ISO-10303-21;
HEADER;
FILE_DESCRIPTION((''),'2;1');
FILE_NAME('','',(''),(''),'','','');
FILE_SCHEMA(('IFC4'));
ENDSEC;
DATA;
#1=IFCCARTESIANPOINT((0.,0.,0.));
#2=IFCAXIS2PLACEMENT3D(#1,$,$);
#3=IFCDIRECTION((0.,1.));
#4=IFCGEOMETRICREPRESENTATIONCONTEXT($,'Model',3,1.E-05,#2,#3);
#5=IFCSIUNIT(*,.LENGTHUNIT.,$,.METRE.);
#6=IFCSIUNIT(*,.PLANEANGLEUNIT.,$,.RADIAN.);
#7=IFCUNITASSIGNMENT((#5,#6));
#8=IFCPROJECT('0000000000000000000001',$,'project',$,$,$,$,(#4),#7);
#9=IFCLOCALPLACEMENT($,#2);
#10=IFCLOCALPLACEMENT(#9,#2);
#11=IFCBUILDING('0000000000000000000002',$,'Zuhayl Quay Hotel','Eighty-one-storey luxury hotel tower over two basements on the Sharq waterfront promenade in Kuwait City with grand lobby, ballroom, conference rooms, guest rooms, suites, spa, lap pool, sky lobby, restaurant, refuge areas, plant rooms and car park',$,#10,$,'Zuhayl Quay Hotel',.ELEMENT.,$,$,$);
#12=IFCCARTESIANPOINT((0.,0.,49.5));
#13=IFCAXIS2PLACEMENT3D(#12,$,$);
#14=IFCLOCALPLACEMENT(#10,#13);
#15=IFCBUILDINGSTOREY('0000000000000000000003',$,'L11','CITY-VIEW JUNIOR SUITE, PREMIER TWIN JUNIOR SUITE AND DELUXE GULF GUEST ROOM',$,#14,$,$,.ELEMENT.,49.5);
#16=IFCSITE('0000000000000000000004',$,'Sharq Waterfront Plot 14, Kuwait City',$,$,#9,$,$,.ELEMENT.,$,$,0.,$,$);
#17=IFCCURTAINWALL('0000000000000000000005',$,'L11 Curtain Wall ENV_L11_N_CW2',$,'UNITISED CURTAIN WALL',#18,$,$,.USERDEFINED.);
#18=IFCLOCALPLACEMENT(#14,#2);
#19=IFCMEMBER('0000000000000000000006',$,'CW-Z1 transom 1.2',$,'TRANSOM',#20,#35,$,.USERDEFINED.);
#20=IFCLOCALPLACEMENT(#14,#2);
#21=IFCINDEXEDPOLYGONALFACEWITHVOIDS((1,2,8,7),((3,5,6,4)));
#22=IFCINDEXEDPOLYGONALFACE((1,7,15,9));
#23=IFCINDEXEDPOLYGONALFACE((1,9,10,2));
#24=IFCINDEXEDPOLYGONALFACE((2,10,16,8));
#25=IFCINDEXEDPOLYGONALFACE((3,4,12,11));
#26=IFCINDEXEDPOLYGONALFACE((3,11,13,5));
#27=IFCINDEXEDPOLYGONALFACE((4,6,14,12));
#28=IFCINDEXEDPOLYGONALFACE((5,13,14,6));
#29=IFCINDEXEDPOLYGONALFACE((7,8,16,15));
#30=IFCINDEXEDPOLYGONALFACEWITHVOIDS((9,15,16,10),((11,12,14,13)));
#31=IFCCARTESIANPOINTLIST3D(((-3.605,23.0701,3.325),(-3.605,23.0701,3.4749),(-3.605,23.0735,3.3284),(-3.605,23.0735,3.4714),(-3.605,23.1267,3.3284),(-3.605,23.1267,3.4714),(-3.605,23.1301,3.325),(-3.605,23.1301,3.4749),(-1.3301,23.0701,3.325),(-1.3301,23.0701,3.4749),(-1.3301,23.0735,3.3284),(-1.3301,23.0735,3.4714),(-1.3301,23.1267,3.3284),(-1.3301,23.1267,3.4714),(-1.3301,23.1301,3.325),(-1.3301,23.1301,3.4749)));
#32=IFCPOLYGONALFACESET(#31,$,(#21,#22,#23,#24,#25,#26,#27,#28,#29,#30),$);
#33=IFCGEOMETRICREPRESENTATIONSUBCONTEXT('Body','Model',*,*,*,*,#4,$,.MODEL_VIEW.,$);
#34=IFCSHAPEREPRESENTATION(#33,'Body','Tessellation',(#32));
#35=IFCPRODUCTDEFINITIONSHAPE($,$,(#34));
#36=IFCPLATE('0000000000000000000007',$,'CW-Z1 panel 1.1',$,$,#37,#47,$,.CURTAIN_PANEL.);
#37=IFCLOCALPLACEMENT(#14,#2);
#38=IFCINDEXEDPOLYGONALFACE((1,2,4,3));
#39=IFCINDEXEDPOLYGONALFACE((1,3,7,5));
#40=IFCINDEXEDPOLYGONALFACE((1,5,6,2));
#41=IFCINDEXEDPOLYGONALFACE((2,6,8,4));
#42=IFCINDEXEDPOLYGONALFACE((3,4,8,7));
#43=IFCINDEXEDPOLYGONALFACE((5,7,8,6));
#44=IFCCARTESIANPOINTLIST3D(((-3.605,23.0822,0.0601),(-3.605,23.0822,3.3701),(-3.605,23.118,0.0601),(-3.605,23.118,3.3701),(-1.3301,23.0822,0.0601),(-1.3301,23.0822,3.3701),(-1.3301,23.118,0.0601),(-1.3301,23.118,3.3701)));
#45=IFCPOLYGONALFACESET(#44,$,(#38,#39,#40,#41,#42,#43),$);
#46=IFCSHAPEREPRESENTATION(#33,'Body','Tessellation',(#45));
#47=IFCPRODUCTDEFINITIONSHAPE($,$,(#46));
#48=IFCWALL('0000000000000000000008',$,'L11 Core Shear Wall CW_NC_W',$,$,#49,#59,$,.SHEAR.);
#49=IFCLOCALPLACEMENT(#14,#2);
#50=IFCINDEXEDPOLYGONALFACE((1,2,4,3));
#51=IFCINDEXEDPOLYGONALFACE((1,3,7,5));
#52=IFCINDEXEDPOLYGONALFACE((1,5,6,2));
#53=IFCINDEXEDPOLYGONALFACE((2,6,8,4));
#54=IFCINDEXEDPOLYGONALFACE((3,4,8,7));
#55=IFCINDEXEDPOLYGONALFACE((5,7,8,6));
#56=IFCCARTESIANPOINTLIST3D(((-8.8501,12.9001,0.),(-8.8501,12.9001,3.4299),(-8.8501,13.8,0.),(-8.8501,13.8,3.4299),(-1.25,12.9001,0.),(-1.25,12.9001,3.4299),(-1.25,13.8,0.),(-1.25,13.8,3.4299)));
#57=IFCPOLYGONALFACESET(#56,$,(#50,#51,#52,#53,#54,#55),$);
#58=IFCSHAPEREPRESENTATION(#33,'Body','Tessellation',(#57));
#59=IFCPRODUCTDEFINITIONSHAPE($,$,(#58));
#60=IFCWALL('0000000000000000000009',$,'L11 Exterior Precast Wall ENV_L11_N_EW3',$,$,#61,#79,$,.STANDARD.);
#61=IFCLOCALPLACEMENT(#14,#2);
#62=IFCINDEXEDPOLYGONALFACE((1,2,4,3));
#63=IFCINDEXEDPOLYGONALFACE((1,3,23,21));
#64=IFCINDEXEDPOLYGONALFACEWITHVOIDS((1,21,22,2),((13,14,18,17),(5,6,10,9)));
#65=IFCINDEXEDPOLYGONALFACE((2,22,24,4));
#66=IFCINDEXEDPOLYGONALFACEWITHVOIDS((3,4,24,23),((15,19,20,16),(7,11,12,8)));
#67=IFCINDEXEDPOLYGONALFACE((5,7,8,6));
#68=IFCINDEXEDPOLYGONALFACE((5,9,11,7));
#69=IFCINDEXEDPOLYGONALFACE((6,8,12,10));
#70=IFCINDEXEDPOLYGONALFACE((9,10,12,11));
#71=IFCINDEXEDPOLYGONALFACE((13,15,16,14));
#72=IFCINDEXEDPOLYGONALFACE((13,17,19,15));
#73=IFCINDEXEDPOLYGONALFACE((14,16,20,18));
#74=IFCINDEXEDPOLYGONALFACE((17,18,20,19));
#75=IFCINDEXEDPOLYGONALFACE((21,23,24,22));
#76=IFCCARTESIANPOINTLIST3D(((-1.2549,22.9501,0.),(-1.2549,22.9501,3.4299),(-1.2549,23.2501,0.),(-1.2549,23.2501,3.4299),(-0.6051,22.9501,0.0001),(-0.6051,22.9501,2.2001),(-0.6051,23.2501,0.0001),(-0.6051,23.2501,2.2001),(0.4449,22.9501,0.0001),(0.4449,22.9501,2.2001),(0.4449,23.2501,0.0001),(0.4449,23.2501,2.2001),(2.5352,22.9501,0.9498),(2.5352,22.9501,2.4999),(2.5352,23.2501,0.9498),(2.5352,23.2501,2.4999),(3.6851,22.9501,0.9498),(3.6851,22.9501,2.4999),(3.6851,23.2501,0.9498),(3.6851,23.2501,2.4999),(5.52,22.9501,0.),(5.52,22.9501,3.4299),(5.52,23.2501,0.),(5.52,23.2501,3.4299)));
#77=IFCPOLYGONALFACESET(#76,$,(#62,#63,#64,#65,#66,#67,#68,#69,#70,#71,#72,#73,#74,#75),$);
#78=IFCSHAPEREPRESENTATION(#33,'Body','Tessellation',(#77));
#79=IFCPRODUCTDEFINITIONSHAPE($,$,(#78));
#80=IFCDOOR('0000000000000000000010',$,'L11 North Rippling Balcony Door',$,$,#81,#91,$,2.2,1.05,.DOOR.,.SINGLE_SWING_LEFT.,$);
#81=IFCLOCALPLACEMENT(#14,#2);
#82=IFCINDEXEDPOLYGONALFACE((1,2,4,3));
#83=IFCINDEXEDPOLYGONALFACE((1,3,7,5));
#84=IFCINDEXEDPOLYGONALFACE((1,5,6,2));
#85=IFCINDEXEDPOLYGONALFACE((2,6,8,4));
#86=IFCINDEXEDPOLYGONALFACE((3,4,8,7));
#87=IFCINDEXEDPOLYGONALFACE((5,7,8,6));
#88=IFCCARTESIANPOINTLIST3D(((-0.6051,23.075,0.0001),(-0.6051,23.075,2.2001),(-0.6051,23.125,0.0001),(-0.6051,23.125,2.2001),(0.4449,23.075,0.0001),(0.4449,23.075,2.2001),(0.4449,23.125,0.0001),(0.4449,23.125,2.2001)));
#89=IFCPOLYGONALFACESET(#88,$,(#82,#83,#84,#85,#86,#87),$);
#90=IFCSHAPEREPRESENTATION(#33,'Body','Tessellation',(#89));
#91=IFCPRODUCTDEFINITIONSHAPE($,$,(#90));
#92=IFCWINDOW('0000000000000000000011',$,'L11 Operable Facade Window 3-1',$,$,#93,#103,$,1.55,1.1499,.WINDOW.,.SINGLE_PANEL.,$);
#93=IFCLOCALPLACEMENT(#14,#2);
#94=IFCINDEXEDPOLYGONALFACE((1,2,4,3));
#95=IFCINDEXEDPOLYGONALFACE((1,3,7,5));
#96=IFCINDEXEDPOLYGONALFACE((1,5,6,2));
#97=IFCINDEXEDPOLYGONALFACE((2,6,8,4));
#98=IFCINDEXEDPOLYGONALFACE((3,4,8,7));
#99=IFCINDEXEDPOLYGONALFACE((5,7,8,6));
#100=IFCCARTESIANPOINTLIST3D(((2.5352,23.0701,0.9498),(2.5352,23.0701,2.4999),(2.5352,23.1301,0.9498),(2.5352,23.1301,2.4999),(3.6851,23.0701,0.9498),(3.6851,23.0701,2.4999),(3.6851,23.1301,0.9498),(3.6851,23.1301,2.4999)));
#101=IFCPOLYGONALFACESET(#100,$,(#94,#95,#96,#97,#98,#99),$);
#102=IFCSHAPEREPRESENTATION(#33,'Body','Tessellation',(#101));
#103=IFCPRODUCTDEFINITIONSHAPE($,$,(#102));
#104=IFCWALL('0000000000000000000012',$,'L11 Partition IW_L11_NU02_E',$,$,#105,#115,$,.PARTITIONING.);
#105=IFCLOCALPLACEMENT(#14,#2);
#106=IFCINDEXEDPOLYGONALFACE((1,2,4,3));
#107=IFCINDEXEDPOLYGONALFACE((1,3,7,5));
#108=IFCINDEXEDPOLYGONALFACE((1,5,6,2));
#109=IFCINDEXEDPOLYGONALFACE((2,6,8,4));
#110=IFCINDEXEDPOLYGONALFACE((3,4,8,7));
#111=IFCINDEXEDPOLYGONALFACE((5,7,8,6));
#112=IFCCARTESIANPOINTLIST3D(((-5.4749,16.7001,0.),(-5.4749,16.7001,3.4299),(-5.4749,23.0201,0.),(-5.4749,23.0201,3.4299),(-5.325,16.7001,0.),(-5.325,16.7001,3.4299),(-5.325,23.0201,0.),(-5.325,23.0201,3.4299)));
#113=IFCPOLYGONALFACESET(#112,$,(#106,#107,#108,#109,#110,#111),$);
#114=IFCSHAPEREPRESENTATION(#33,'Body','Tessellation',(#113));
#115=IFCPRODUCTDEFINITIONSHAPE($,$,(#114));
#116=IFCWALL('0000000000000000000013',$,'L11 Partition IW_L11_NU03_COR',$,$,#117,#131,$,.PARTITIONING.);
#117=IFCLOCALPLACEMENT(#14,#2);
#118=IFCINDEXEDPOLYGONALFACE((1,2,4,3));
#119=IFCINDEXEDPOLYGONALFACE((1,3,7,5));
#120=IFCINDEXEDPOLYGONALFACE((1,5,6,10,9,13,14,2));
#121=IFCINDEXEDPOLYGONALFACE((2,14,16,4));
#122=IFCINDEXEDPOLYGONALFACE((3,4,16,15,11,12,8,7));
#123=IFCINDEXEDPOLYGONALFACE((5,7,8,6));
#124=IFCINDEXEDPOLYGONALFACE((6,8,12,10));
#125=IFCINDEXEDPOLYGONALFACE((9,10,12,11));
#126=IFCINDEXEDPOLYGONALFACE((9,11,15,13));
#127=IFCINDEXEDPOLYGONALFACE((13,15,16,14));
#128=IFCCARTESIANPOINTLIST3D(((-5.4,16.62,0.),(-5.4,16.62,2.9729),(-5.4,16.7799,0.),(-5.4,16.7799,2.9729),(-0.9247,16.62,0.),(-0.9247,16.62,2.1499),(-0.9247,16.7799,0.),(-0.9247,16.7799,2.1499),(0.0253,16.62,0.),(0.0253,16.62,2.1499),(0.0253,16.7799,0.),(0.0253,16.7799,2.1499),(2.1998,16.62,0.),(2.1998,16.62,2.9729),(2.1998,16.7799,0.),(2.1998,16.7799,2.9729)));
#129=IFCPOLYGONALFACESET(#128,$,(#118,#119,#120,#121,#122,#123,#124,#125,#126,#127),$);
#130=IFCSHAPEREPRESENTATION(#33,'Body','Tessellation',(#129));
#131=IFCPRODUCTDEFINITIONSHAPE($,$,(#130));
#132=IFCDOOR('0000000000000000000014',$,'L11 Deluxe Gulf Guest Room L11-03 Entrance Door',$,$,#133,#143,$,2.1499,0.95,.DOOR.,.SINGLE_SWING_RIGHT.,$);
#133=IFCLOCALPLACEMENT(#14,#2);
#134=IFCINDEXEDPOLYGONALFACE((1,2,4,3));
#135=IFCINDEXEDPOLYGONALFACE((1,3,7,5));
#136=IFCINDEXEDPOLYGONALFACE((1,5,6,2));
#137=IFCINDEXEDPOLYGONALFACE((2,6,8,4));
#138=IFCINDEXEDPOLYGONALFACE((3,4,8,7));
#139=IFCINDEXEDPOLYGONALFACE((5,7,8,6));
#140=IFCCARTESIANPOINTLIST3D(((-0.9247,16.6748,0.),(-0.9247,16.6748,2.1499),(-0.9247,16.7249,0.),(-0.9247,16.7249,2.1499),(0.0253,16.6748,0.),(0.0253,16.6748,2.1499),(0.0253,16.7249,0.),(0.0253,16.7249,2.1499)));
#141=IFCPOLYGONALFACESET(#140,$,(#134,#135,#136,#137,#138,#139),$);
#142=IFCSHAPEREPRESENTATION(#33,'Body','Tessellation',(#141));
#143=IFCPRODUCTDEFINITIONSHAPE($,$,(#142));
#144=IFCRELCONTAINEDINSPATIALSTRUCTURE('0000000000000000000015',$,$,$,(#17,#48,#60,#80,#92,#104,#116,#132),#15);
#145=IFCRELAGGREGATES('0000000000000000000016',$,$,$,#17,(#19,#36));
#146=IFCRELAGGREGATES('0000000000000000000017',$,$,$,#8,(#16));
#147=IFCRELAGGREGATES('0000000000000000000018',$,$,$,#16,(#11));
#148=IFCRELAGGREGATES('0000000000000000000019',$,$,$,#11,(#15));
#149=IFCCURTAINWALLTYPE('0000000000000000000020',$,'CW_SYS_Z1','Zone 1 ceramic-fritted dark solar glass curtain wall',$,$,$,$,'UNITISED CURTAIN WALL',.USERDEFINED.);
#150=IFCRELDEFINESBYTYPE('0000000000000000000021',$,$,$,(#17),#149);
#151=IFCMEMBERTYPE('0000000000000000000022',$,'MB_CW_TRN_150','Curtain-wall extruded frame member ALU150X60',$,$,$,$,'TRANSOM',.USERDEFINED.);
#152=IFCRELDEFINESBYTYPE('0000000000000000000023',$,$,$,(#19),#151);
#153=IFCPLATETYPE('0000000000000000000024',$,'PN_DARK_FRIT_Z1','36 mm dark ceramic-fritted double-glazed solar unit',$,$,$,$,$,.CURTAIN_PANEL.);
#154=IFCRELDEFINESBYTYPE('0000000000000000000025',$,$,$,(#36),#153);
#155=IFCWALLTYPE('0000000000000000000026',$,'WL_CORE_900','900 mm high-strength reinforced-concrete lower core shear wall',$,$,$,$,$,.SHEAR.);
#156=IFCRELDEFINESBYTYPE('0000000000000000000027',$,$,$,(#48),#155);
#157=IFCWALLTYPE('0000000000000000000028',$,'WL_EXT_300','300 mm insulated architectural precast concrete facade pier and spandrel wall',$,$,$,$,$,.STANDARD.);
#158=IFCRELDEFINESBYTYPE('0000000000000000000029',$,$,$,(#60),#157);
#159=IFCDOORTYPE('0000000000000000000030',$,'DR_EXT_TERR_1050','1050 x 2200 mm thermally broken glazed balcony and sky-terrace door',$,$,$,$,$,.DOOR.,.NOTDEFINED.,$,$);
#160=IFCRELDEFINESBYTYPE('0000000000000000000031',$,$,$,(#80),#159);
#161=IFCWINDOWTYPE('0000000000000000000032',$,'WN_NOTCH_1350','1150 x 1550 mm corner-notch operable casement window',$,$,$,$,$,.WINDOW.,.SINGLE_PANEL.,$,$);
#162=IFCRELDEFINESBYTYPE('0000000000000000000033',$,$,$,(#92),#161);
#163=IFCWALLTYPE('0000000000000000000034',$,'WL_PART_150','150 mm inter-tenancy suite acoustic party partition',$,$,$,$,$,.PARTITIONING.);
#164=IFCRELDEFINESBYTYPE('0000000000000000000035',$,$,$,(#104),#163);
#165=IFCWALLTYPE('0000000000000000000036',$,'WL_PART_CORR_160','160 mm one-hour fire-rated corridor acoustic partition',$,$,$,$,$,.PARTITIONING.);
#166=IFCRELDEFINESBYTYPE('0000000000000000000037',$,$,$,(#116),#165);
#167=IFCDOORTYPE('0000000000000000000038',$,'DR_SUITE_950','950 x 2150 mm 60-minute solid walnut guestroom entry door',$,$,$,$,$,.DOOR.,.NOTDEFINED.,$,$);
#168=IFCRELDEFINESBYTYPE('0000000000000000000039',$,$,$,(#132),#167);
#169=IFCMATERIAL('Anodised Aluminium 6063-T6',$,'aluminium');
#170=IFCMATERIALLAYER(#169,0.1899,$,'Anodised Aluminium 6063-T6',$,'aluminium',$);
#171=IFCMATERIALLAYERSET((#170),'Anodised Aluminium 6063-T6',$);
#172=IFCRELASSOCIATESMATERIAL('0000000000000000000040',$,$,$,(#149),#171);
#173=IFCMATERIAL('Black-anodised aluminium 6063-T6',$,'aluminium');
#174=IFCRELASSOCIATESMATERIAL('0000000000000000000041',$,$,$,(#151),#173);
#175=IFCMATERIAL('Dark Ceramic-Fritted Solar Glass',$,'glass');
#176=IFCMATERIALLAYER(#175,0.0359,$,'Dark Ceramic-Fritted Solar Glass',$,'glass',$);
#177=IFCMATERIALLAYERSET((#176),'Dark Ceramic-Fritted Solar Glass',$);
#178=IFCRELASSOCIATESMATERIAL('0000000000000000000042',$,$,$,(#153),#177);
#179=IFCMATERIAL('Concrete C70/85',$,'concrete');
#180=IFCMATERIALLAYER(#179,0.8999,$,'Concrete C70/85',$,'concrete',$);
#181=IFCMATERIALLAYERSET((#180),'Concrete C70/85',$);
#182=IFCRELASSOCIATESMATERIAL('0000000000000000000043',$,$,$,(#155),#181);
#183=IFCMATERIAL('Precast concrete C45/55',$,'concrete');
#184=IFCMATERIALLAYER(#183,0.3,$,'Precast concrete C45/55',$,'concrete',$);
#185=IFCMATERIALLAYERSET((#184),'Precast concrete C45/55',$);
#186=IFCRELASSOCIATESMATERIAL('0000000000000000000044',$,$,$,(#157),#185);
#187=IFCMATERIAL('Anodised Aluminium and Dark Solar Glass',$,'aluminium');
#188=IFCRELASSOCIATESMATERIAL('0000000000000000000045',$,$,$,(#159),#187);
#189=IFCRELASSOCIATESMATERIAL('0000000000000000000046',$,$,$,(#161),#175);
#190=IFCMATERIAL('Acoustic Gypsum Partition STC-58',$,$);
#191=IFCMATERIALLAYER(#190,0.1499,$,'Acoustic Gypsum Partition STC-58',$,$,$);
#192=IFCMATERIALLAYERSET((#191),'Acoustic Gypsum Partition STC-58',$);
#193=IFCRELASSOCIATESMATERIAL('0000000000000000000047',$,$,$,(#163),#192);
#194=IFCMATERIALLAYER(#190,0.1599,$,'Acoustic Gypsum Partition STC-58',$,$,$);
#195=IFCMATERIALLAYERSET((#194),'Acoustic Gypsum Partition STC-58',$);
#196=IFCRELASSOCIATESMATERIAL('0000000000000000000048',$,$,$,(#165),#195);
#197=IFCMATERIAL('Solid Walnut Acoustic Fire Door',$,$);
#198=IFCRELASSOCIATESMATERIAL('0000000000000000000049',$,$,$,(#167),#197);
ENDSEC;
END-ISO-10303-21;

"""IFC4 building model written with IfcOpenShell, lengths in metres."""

from ifc_helpers import new_model, si_unit, direction, frame, frame_2d, origin, origin_2d, place, context, subcontext, project, spatial, rectangle, hollow_rectangle, extrude, material, layer, layer_set, material_profile, profile_set, type_object, element, fill, aggregate, save


model = new_model("IFC4")

# Units and contexts
model_context = context("Model", 3, precision=1e-05, world=origin(), true_north=direction((0.0, 1.0)))
body_context = subcontext(model_context, "Body", "Model", "MODEL_VIEW")
ifc_project = project(units=[si_unit("LENGTHUNIT", "METRE"), si_unit("PLANEANGLEUNIT", "RADIAN")], contexts=[model_context])

# Site, building, storey
site_placement = place(None, origin())
site = spatial("IfcSite", under=ifc_project, at=site_placement, Name="Sharq Waterfront Plot 14, Kuwait City", CompositionType="ELEMENT", RefElevation=0.0)
building_placement = place(site_placement, origin())
building = spatial("IfcBuilding", under=site, at=building_placement, Name="Zuhayl Quay Hotel", Description="Eighty-one-storey luxury hotel tower over two basements on the Sharq waterfront promenade in Kuwait City with grand lobby, ballroom, conference rooms, guest rooms, suites, spa, lap pool, sky lobby, restaurant, refuge areas, plant rooms and car park", LongName="Zuhayl Quay Hotel", CompositionType="ELEMENT")
storey_placement = place(building_placement, frame((0.0, 0.0, 49.5)))
storey = spatial("IfcBuildingStorey", under=building, at=storey_placement, Name="L11", Description="CITY-VIEW JUNIOR SUITE, PREMIER TWIN JUNIOR SUITE AND DELUXE GULF GUEST ROOM", CompositionType="ELEMENT", Elevation=49.5)

# Shared definitions
ifc_material_1 = material(Name="Concrete C70/85", Category="concrete")

# Curtain wall, member, plate
ifc_material_2 = material(Name="Anodised Aluminium 6063-T6", Category="aluminium")
ifc_layer_1 = layer(ifc_material_2, 0.1899, Name="Anodised Aluminium 6063-T6", Category="aluminium")
ifc_layer_set_1 = layer_set([ifc_layer_1], Name="Anodised Aluminium 6063-T6")
curtain_wall_type = type_object("IfcCurtainWallType", Name="CW_SYS_Z1", Description="Zone 1 ceramic-fritted dark solar glass curtain wall", ElementType="UNITISED CURTAIN WALL", PredefinedType="USERDEFINED", material=ifc_layer_set_1)
curtain_wall_placement = place(storey_placement, origin())
curtain_wall = element("IfcCurtainWall", 1, at=curtain_wall_placement, inside=storey, type_object=curtain_wall_type, Name="L11 Curtain Wall ENV_L11_N_CW2", ObjectType="UNITISED CURTAIN WALL", PredefinedType="USERDEFINED")
ifc_material_3 = material(Name="Black-anodised aluminium 6063-T6", Category="aluminium")
ifc_material_profile_1 = material_profile(ifc_material_3, hollow_rectangle(XDim=0.0601, YDim=0.1499, WallThickness=0.0034, at=origin_2d()), Name="ALU150X60")
ifc_profile_set_1 = profile_set([ifc_material_profile_1], Name="Black-anodised aluminium 6063-T6")
member_type_1 = type_object("IfcMemberType", Name="MB_CW_TRN_150", Description="Curtain-wall extruded frame member ALU150X60", ElementType="TRANSOM", PredefinedType="USERDEFINED", material=ifc_profile_set_1)
member_1_placement = place(storey_placement, frame((-3.605, 23.1001, 3.3999), z_axis=(1.0, 0.0, 0.0), x_axis=(0.0, 1.0, 0.0)))
member_1 = element("IfcMember", 2, at=member_1_placement, type_object=member_type_1, Name="CW-Z1 transom 1.2", ObjectType="TRANSOM", PredefinedType="USERDEFINED", context=body_context, shape_type="SweptSolid", body=[
    extrude(hollow_rectangle(XDim=0.0601, YDim=0.1499, WallThickness=0.0034, at=origin_2d()), origin(), (0.0, 0.0, 1.0), 2.2749),
])
ifc_material_4 = material(Name="Dark Ceramic-Fritted Solar Glass", Category="glass")
ifc_layer_2 = layer(ifc_material_4, 0.0359, Name="Dark Ceramic-Fritted Solar Glass", Category="glass")
ifc_layer_set_2 = layer_set([ifc_layer_2], Name="Dark Ceramic-Fritted Solar Glass")
plate_type = type_object("IfcPlateType", Name="PN_DARK_FRIT_Z1", Description="36 mm dark ceramic-fritted double-glazed solar unit", PredefinedType="CURTAIN_PANEL", material=ifc_layer_set_2)
plate_placement = place(storey_placement, frame((-2.4675, 23.1001, 0.0601), z_axis=(0.0, 0.0, 1.0), x_axis=(1.0, 0.0, 0.0)))
plate = element("IfcPlate", 3, at=plate_placement, type_object=plate_type, Name="CW-Z1 panel 1.1", PredefinedType="CURTAIN_PANEL", context=body_context, shape_type="SweptSolid", body=[
    extrude(rectangle(XDim=2.2749, YDim=0.0359, at=origin_2d()), origin(), (0.0, 0.0, 1.0), 3.3101),
])
aggregate(curtain_wall, [member_1, plate])

# Wall
ifc_layer_3 = layer(ifc_material_1, 0.8999, Name="Concrete C70/85", Category="concrete")
ifc_layer_set_3 = layer_set([ifc_layer_3], Name="Concrete C70/85")
wall_type_1 = type_object("IfcWallType", Name="WL_CORE_900", Description="900 mm high-strength reinforced-concrete lower core shear wall", PredefinedType="SHEAR", material=ifc_layer_set_3)
wall_1_placement = place(storey_placement, frame((-8.8501, 13.3501, 0.0), z_axis=(0.0, 0.0, 1.0), x_axis=(1.0, 0.0, 0.0)))
element("IfcWall", 4, at=wall_1_placement, inside=storey, type_object=wall_type_1, Name="L11 Core Shear Wall CW_NC_W", PredefinedType="SHEAR", context=body_context, shape_type="SweptSolid", body=[
    extrude(rectangle(XDim=7.6001, YDim=0.8999, at=frame_2d((3.8, 0.0))), origin(), (0.0, 0.0, 1.0), 3.4299),
])

# Wall, openings, door, window
ifc_material_5 = material(Name="Precast concrete C45/55", Category="concrete")
ifc_layer_4 = layer(ifc_material_5, 0.3, Name="Precast concrete C45/55", Category="concrete")
ifc_layer_set_4 = layer_set([ifc_layer_4], Name="Precast concrete C45/55")
wall_type_2 = type_object("IfcWallType", Name="WL_EXT_300", Description="300 mm insulated architectural precast concrete facade pier and spandrel wall", PredefinedType="STANDARD", material=ifc_layer_set_4)
wall_2_placement = place(storey_placement, frame((-1.2549, 23.1001, 0.0), z_axis=(0.0, 0.0, 1.0), x_axis=(1.0, 0.0, 0.0)))
wall_2 = element("IfcWall", 5, at=wall_2_placement, inside=storey, type_object=wall_type_2, Name="L11 Exterior Precast Wall ENV_L11_N_EW3", PredefinedType="STANDARD", context=body_context, shape_type="SweptSolid", body=[
    extrude(rectangle(XDim=6.7749, YDim=0.3, at=frame_2d((3.3875, 0.0))), origin(), (0.0, 0.0, 1.0), 3.4299),
])
opening_1_placement = place(wall_2_placement, frame((0.6499, 0.0, 0.0)))
opening_1 = element("IfcOpeningElement", 6, at=opening_1_placement, cuts=wall_2, PredefinedType="OPENING", context=body_context, shape_type="SweptSolid", body=[
    extrude(rectangle(XDim=1.05, YDim=2.2, at=frame_2d((0.5249, 1.1001))), frame((0.0, 0.1599, 0.0), z_axis=(0.0, -1.0, 0.0), x_axis=(1.0, 0.0, 0.0)), (0.0, 0.0, 1.0), 0.3201),
])
opening_2_placement = place(wall_2_placement, frame((3.79, 0.0, 0.95)))
opening_2 = element("IfcOpeningElement", 7, at=opening_2_placement, cuts=wall_2, PredefinedType="OPENING", context=body_context, shape_type="SweptSolid", body=[
    extrude(rectangle(XDim=1.1499, YDim=1.55, at=frame_2d((0.575, 0.7749))), frame((0.0, 0.1599, 0.0), z_axis=(0.0, -1.0, 0.0), x_axis=(1.0, 0.0, 0.0)), (0.0, 0.0, 1.0), 0.3201),
])
ifc_material_6 = material(Name="Anodised Aluminium and Dark Solar Glass", Category="aluminium")
door_type_1 = type_object("IfcDoorType", Name="DR_EXT_TERR_1050", Description="1050 x 2200 mm thermally broken glazed balcony and sky-terrace door", OperationType="NOTDEFINED", PredefinedType="DOOR", material=ifc_material_6)
door_1_placement = place(opening_1_placement, origin())
door_1 = element("IfcDoor", 8, at=door_1_placement, inside=storey, type_object=door_type_1, Name="L11 North Rippling Balcony Door", OperationType="SINGLE_SWING_LEFT", OverallHeight=2.2, OverallWidth=1.05, PredefinedType="DOOR", context=body_context, shape_type="SweptSolid", body=[
    extrude(rectangle(XDim=1.05, YDim=2.2, at=frame_2d((0.5249, 1.1001))), frame((0.0, 0.0249, 0.0), z_axis=(0.0, -1.0, 0.0), x_axis=(1.0, 0.0, 0.0)), (0.0, 0.0, 1.0), 0.05),
])
fill(opening_1, door_1)
window_type = type_object("IfcWindowType", Name="WN_NOTCH_1350", Description="1150 x 1550 mm corner-notch operable casement window", PartitioningType="SINGLE_PANEL", PredefinedType="WINDOW", material=ifc_material_4)
window_placement = place(opening_2_placement, origin())
window = element("IfcWindow", 9, at=window_placement, inside=storey, type_object=window_type, Name="L11 Operable Facade Window 3-1", OverallHeight=1.55, OverallWidth=1.1499, PartitioningType="SINGLE_PANEL", PredefinedType="WINDOW", context=body_context, shape_type="SweptSolid", body=[
    extrude(rectangle(XDim=1.1499, YDim=1.55, at=frame_2d((0.575, 0.7749))), frame((0.0, 0.03, 0.0), z_axis=(0.0, -1.0, 0.0), x_axis=(1.0, 0.0, 0.0)), (0.0, 0.0, 1.0), 0.0601),
])
fill(opening_2, window)

# Wall
ifc_material_7 = material(Name="Acoustic Gypsum Partition STC-58")
ifc_layer_5 = layer(ifc_material_7, 0.1499, Name="Acoustic Gypsum Partition STC-58")
ifc_layer_set_5 = layer_set([ifc_layer_5], Name="Acoustic Gypsum Partition STC-58")
wall_type_3 = type_object("IfcWallType", Name="WL_PART_150", Description="150 mm inter-tenancy suite acoustic party partition", PredefinedType="PARTITIONING", material=ifc_layer_set_5)
wall_3_placement = place(storey_placement, frame((-5.3999, 16.7, 0.0), z_axis=(0.0, 0.0, 1.0), x_axis=(0.0, 1.0, 0.0)))
element("IfcWall", 10, at=wall_3_placement, inside=storey, type_object=wall_type_3, Name="L11 Partition IW_L11_NU02_E", PredefinedType="PARTITIONING", context=body_context, shape_type="SweptSolid", body=[
    extrude(rectangle(XDim=6.3201, YDim=0.1499, at=frame_2d((3.1602, 0.0))), origin(), (0.0, 0.0, 1.0), 3.4299),
])

# Wall, opening, door
ifc_layer_6 = layer(ifc_material_7, 0.1599, Name="Acoustic Gypsum Partition STC-58")
ifc_layer_set_6 = layer_set([ifc_layer_6], Name="Acoustic Gypsum Partition STC-58")
wall_type_4 = type_object("IfcWallType", Name="WL_PART_CORR_160", Description="160 mm one-hour fire-rated corridor acoustic partition", PredefinedType="PARTITIONING", material=ifc_layer_set_6)
wall_4_placement = place(storey_placement, frame((-5.3999, 16.7, 0.0), z_axis=(0.0, 0.0, 1.0), x_axis=(1.0, 0.0, 0.0)))
wall_4 = element("IfcWall", 11, at=wall_4_placement, inside=storey, type_object=wall_type_4, Name="L11 Partition IW_L11_NU03_COR", PredefinedType="PARTITIONING", context=body_context, shape_type="SweptSolid", body=[
    extrude(rectangle(XDim=7.5999, YDim=0.1599, at=frame_2d((3.7998, 0.0))), origin(), (0.0, 0.0, 1.0), 2.9729),
])
opening_3_placement = place(wall_4_placement, frame((4.4751, 0.0, 0.0)))
opening_3 = element("IfcOpeningElement", 12, at=opening_3_placement, cuts=wall_4, PredefinedType="OPENING", context=body_context, shape_type="SweptSolid", body=[
    extrude(rectangle(XDim=0.95, YDim=2.1499, at=frame_2d((0.4751, 1.075))), frame((0.0, 0.0898, 0.0), z_axis=(0.0, -1.0, 0.0), x_axis=(1.0, 0.0, 0.0)), (0.0, 0.0, 1.0), 0.1799),
])
ifc_material_8 = material(Name="Solid Walnut Acoustic Fire Door")
door_type_2 = type_object("IfcDoorType", Name="DR_SUITE_950", Description="950 x 2150 mm 60-minute solid walnut guestroom entry door", OperationType="NOTDEFINED", PredefinedType="DOOR", material=ifc_material_8)
door_2_placement = place(opening_3_placement, origin())
door_2 = element("IfcDoor", 13, at=door_2_placement, inside=storey, type_object=door_type_2, Name="L11 Deluxe Gulf Guest Room L11-03 Entrance Door", OperationType="SINGLE_SWING_RIGHT", OverallHeight=2.1499, OverallWidth=0.95, PredefinedType="DOOR", context=body_context, shape_type="SweptSolid", body=[
    extrude(rectangle(XDim=0.95, YDim=2.1499, at=frame_2d((0.4751, 1.075))), frame((0.0, 0.0249, 0.0), z_axis=(0.0, -1.0, 0.0), x_axis=(1.0, 0.0, 0.0)), (0.0, 0.0, 1.0), 0.05),
])
fill(opening_3, door_2)

save(model, "model.ifc")
